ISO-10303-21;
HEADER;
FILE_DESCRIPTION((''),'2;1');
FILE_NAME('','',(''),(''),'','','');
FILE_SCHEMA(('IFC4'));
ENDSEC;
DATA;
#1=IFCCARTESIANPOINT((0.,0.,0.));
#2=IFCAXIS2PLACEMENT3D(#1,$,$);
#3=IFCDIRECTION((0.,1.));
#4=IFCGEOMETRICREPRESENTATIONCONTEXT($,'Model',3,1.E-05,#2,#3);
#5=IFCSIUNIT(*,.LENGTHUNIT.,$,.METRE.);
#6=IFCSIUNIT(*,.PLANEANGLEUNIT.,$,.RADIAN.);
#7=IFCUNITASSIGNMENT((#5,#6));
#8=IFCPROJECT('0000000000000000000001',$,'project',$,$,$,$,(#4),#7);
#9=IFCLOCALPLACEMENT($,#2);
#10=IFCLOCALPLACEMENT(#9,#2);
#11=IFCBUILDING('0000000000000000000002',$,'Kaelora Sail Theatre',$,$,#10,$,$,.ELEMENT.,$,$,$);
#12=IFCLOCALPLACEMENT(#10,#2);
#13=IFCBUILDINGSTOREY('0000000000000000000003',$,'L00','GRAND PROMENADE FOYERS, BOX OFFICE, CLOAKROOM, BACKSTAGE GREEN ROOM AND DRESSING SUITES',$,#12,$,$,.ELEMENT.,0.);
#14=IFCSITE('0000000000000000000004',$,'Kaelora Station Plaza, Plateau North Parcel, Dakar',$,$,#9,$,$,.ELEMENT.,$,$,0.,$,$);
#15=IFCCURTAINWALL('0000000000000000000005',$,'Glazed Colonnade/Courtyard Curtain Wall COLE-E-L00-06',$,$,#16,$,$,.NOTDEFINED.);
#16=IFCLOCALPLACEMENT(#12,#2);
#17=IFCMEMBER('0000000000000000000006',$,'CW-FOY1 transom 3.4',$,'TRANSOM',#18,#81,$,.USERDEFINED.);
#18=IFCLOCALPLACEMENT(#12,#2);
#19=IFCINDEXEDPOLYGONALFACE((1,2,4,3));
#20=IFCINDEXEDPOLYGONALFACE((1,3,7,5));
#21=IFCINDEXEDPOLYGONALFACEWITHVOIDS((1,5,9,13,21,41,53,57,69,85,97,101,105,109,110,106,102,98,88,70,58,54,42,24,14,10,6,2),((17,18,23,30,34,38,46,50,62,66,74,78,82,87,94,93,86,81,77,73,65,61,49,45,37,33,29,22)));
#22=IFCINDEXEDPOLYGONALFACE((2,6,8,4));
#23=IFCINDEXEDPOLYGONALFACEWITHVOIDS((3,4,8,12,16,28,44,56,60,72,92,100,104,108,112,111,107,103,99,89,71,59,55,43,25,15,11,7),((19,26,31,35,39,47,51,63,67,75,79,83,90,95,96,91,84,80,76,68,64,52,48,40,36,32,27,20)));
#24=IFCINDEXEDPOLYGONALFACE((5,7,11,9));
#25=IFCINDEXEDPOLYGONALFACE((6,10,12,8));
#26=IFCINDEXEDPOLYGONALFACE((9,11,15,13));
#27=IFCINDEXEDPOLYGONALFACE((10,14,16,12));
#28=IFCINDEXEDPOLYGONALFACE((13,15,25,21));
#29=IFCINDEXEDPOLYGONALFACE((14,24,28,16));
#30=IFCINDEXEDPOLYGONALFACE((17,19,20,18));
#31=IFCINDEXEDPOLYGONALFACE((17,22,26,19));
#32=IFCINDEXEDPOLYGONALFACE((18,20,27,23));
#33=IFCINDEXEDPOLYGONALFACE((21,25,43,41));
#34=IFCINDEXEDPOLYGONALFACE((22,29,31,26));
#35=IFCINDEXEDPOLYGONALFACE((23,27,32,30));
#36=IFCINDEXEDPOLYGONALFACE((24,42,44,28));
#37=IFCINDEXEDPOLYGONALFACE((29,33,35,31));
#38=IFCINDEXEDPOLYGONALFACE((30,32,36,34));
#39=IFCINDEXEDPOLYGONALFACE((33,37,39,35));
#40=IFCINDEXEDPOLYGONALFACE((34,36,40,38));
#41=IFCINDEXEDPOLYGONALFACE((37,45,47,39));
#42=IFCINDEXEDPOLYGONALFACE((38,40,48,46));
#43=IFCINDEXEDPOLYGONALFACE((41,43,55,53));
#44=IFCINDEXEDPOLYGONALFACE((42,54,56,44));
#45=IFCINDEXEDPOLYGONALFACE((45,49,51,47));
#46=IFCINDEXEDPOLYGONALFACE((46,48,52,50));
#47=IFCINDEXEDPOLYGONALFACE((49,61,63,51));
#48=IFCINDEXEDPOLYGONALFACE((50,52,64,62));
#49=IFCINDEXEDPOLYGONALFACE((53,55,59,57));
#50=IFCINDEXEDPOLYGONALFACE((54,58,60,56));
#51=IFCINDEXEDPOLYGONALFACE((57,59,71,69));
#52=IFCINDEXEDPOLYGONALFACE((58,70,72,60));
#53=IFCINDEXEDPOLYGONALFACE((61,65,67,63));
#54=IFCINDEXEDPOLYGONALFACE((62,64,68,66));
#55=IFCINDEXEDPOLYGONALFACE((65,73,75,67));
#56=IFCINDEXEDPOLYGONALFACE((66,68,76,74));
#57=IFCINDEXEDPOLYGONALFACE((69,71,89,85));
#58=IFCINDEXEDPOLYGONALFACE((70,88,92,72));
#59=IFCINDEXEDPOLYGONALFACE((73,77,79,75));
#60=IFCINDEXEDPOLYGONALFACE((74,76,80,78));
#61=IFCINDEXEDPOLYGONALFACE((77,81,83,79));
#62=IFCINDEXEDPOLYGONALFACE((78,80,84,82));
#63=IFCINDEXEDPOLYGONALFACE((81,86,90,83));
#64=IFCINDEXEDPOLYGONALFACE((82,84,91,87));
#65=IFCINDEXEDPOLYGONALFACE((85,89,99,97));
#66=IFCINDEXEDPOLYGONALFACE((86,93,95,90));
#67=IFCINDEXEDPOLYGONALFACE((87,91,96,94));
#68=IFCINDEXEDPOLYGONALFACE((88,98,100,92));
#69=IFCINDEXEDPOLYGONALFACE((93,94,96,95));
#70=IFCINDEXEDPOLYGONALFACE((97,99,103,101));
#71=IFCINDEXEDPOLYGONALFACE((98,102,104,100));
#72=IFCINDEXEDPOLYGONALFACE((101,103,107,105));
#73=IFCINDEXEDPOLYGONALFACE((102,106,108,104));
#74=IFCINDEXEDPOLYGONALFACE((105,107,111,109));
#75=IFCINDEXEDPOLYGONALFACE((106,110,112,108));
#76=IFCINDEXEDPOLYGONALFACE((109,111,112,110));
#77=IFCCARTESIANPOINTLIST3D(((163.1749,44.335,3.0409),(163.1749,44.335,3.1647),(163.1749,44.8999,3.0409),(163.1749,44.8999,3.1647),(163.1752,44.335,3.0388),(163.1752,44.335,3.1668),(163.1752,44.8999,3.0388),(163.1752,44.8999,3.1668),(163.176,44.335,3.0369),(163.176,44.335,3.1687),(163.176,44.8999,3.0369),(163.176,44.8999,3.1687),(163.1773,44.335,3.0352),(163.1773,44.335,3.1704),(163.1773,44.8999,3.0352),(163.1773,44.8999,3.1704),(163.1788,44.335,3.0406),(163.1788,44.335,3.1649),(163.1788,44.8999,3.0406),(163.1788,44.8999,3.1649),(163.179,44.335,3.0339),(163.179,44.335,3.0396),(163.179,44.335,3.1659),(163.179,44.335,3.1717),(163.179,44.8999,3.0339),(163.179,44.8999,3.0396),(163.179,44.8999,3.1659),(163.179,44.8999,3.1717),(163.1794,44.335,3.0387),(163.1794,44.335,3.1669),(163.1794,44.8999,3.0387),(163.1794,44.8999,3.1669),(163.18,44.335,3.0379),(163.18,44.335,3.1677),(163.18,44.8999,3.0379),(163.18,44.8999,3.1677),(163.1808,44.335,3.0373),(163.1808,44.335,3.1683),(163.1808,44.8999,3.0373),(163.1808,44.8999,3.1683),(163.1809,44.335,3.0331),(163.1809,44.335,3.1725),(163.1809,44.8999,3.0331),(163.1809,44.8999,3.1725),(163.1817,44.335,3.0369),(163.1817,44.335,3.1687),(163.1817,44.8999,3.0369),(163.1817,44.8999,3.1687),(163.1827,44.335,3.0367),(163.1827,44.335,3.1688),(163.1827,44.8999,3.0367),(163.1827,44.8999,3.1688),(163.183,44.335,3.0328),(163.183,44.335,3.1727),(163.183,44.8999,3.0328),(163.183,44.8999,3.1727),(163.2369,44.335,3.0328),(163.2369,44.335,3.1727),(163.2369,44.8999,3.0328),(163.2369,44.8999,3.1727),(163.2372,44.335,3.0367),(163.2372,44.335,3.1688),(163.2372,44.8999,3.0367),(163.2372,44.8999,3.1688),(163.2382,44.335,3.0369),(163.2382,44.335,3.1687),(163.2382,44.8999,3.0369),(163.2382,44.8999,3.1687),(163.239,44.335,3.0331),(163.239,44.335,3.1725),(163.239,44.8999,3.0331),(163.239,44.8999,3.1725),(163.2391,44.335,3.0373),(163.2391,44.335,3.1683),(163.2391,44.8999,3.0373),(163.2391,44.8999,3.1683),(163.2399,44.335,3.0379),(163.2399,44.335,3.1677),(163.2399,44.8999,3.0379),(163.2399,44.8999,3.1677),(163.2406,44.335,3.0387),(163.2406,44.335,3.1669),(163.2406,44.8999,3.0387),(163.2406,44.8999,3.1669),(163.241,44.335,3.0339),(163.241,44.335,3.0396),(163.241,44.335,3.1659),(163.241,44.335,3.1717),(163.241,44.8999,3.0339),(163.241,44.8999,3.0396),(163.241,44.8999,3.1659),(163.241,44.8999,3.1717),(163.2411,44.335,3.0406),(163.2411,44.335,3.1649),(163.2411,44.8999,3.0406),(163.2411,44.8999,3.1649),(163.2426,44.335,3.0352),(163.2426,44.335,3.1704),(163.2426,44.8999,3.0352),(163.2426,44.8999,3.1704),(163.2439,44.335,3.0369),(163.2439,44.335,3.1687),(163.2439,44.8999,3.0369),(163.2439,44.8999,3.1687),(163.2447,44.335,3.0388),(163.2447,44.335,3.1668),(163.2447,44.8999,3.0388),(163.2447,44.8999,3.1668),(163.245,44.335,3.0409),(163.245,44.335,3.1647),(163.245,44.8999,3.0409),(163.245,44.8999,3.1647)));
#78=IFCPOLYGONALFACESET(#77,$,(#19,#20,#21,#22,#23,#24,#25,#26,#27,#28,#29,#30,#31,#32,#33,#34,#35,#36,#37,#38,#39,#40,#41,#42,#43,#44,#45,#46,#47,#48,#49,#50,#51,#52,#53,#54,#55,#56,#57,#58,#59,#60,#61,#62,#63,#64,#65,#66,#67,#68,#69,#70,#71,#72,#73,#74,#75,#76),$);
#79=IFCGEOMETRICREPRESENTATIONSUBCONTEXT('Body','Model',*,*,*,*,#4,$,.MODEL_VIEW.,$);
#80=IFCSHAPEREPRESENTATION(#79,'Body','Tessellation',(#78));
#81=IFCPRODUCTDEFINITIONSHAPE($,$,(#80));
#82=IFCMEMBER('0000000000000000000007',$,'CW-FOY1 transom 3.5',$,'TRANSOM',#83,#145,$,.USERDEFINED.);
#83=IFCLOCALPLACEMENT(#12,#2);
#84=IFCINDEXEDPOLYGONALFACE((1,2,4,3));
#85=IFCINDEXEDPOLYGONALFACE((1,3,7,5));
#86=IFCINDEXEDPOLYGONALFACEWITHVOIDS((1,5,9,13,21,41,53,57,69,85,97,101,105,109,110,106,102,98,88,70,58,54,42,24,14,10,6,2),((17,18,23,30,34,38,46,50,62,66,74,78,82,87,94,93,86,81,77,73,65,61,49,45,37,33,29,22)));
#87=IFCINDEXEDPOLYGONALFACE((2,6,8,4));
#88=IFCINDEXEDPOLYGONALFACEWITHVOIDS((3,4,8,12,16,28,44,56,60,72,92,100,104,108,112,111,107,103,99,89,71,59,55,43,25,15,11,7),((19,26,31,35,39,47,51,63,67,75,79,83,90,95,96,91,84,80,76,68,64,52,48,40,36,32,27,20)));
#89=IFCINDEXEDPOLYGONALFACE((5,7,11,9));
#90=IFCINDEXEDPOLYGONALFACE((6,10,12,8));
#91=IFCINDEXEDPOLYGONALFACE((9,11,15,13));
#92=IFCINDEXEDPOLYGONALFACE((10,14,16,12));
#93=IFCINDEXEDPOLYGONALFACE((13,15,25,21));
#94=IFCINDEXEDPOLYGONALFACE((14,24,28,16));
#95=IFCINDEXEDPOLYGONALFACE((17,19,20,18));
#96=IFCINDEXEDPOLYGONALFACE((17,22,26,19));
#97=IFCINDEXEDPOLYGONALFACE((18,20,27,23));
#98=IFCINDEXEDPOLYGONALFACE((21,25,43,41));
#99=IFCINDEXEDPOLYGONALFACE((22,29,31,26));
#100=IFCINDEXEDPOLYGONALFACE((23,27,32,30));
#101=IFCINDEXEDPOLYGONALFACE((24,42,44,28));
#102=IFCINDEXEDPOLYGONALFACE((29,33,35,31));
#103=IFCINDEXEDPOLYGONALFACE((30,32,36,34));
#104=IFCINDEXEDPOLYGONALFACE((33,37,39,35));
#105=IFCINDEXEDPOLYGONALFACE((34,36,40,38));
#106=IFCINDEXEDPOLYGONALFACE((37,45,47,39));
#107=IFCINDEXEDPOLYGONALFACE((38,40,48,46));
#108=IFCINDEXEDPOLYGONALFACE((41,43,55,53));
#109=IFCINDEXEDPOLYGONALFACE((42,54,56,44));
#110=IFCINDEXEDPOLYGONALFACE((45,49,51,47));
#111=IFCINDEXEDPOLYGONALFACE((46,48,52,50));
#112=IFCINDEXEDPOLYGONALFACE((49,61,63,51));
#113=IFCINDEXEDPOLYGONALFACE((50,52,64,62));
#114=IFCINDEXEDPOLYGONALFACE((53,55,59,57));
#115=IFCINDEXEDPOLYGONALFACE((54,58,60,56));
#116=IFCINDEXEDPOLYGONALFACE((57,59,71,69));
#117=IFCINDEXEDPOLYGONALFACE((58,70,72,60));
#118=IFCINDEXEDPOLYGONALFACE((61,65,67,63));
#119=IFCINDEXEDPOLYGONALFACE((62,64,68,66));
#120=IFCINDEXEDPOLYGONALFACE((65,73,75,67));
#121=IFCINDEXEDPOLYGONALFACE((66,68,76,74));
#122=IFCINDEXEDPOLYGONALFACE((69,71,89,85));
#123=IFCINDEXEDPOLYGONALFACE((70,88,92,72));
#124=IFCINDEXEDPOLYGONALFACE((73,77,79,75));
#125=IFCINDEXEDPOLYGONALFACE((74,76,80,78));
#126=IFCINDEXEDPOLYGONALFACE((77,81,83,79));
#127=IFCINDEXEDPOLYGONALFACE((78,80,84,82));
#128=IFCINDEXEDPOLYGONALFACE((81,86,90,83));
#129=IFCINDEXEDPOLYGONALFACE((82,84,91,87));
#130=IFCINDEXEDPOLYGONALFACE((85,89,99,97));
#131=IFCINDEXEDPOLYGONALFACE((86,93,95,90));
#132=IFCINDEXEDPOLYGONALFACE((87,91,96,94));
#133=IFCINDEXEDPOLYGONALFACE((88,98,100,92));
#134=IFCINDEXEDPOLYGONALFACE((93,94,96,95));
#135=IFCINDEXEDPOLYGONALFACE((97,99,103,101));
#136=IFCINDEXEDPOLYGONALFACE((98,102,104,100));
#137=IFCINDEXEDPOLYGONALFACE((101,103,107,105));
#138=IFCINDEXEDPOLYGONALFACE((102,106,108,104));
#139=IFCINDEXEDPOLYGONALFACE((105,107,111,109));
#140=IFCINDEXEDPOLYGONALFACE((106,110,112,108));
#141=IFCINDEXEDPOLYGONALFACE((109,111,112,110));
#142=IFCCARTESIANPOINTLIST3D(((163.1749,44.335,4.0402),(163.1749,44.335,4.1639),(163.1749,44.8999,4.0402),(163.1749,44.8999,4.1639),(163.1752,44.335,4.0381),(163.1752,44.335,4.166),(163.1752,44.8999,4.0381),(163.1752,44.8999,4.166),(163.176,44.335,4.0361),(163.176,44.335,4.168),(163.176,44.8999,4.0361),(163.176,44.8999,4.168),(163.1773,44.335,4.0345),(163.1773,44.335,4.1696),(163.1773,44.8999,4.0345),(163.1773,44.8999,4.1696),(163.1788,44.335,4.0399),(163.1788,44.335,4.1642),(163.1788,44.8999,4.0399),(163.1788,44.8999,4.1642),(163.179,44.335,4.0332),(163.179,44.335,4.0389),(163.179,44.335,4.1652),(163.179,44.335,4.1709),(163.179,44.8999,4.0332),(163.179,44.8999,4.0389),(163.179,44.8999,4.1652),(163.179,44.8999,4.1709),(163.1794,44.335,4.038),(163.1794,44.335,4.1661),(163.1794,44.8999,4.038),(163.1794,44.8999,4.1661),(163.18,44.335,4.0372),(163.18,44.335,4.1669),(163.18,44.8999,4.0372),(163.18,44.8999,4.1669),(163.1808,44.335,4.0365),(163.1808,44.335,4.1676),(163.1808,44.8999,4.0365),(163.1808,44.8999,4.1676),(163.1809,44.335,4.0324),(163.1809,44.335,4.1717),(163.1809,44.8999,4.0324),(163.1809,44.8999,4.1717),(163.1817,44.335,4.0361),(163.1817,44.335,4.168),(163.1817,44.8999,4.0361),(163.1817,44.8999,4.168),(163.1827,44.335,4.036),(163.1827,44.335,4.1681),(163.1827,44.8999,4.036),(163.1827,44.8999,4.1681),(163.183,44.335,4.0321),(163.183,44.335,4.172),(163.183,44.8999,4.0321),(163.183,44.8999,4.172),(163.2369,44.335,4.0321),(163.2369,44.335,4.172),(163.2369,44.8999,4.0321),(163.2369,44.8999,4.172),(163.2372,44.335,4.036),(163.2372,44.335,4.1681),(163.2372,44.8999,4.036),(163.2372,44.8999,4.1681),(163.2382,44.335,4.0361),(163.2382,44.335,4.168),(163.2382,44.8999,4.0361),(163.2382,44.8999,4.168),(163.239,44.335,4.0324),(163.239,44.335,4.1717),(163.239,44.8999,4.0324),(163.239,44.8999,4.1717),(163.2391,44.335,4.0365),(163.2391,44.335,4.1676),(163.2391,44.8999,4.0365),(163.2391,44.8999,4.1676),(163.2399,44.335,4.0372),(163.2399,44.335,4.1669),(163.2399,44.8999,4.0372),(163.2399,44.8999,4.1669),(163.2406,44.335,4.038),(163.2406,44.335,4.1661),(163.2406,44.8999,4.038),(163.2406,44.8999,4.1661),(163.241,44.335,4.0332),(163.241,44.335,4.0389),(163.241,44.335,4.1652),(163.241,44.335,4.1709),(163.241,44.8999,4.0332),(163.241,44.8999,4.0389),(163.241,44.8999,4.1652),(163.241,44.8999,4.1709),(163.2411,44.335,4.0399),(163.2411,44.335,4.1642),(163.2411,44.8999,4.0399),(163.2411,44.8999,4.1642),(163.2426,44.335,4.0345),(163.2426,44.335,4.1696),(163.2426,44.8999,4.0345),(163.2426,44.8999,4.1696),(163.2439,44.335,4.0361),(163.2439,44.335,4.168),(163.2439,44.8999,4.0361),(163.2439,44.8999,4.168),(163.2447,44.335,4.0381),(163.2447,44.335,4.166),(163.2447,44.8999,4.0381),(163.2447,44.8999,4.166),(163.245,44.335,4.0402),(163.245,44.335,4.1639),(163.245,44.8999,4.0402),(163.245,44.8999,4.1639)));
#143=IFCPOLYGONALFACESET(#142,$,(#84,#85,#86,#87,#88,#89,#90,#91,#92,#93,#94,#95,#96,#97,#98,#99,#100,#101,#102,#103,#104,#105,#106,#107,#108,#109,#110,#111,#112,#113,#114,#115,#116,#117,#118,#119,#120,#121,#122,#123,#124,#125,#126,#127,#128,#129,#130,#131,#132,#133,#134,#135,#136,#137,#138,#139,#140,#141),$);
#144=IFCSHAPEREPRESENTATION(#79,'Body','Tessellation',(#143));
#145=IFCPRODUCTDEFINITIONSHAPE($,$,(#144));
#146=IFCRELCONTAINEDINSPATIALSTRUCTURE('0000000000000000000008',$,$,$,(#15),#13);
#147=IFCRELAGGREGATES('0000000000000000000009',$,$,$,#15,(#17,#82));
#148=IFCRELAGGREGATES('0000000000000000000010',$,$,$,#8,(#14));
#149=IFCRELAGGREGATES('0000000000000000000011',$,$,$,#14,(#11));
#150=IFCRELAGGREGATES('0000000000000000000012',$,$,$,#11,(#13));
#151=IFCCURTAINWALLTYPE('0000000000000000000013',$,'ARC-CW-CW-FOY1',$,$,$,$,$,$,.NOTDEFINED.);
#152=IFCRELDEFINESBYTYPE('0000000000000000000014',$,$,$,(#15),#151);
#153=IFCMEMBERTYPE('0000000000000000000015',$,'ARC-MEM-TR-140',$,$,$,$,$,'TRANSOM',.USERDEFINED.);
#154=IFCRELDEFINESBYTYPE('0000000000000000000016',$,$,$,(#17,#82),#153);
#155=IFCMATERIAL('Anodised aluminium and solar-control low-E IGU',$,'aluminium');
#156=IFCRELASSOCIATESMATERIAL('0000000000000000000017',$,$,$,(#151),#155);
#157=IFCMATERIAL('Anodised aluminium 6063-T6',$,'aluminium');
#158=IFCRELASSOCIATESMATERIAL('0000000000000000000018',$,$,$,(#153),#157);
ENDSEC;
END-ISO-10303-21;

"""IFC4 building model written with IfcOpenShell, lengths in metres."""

from ifc_helpers import new_model, si_unit, direction, frame, origin, origin_2d, place, context, subcontext, project, spatial, hollow_rectangle, extrude, material, material_profile, profile_set, type_object, element, aggregate, save


model = new_model("IFC4")

# Units and contexts
model_context = context("Model", 3, precision=1e-05, world=origin(), true_north=direction((0.0, 1.0)))
body_context = subcontext(model_context, "Body", "Model", "MODEL_VIEW")
ifc_project = project(units=[si_unit("LENGTHUNIT", "METRE"), si_unit("PLANEANGLEUNIT", "RADIAN")], contexts=[model_context])

# Site, building, storey
site_placement = place(None, origin())
site = spatial("IfcSite", under=ifc_project, at=site_placement, Name="Kaelora Station Plaza, Plateau North Parcel, Dakar", CompositionType="ELEMENT", RefElevation=0.0)
building_placement = place(site_placement, origin())
building = spatial("IfcBuilding", under=site, at=building_placement, Name="Kaelora Sail Theatre", CompositionType="ELEMENT")
storey_placement = place(building_placement, origin())
storey = spatial("IfcBuildingStorey", under=building, at=storey_placement, Name="L00", Description="GRAND PROMENADE FOYERS, BOX OFFICE, CLOAKROOM, BACKSTAGE GREEN ROOM AND DRESSING SUITES", CompositionType="ELEMENT", Elevation=0.0)

# Curtain wall, members
ifc_material_1 = material(Name="Anodised aluminium and solar-control low-E IGU", Category="aluminium")
curtain_wall_type = type_object("IfcCurtainWallType", Name="ARC-CW-CW-FOY1", PredefinedType="NOTDEFINED", material=ifc_material_1)
curtain_wall_1_placement = place(storey_placement, origin())
curtain_wall_1 = element("IfcCurtainWall", 1, at=curtain_wall_1_placement, inside=storey, type_object=curtain_wall_type, Name="Glazed Colonnade/Courtyard Curtain Wall COLE-E-L00-06", PredefinedType="NOTDEFINED")
ifc_material_2 = material(Name="Anodised aluminium 6063-T6", Category="aluminium")
ifc_material_profile = material_profile(ifc_material_2, hollow_rectangle(XDim=0.0701, YDim=0.1399, WallThickness=0.0039, InnerFilletRadius=0.0039, OuterFilletRadius=0.0081, at=origin_2d()), Name="ALU-TRAN 70x140x4")
ifc_profile_set = profile_set([ifc_material_profile], Name="Anodised aluminium 6063-T6")
member_type = type_object("IfcMemberType", Name="ARC-MEM-TR-140", ElementType="TRANSOM", PredefinedType="USERDEFINED", material=ifc_profile_set)
member_1_placement = place(storey_placement, frame((163.21, 44.335, 3.1028), z_axis=(0.0, 1.0, 0.0), x_axis=(-1.0, 0.0, 0.0)))
member_1 = element("IfcMember", 2, at=member_1_placement, type_object=member_type, Name="CW-FOY1 transom 3.4", ObjectType="TRANSOM", PredefinedType="USERDEFINED", context=body_context, shape_type="SweptSolid", body=[
    extrude(hollow_rectangle(XDim=0.0701, YDim=0.1399, WallThickness=0.0039, InnerFilletRadius=0.0039, OuterFilletRadius=0.0081, at=origin_2d()), origin(), (0.0, 0.0, 1.0), 0.5649),
])
member_2_placement = place(storey_placement, frame((163.21, 44.335, 4.1021), z_axis=(0.0, 1.0, 0.0), x_axis=(-1.0, 0.0, 0.0)))
member_2 = element("IfcMember", 3, at=member_2_placement, type_object=member_type, Name="CW-FOY1 transom 3.5", ObjectType="TRANSOM", PredefinedType="USERDEFINED", context=body_context, shape_type="SweptSolid", body=[
    extrude(hollow_rectangle(XDim=0.0701, YDim=0.1399, WallThickness=0.0039, InnerFilletRadius=0.0039, OuterFilletRadius=0.0081, at=origin_2d()), origin(), (0.0, 0.0, 1.0), 0.5649),
])

aggregate(curtain_wall_1, [member_1, member_2])

save(model, "model.ifc")
